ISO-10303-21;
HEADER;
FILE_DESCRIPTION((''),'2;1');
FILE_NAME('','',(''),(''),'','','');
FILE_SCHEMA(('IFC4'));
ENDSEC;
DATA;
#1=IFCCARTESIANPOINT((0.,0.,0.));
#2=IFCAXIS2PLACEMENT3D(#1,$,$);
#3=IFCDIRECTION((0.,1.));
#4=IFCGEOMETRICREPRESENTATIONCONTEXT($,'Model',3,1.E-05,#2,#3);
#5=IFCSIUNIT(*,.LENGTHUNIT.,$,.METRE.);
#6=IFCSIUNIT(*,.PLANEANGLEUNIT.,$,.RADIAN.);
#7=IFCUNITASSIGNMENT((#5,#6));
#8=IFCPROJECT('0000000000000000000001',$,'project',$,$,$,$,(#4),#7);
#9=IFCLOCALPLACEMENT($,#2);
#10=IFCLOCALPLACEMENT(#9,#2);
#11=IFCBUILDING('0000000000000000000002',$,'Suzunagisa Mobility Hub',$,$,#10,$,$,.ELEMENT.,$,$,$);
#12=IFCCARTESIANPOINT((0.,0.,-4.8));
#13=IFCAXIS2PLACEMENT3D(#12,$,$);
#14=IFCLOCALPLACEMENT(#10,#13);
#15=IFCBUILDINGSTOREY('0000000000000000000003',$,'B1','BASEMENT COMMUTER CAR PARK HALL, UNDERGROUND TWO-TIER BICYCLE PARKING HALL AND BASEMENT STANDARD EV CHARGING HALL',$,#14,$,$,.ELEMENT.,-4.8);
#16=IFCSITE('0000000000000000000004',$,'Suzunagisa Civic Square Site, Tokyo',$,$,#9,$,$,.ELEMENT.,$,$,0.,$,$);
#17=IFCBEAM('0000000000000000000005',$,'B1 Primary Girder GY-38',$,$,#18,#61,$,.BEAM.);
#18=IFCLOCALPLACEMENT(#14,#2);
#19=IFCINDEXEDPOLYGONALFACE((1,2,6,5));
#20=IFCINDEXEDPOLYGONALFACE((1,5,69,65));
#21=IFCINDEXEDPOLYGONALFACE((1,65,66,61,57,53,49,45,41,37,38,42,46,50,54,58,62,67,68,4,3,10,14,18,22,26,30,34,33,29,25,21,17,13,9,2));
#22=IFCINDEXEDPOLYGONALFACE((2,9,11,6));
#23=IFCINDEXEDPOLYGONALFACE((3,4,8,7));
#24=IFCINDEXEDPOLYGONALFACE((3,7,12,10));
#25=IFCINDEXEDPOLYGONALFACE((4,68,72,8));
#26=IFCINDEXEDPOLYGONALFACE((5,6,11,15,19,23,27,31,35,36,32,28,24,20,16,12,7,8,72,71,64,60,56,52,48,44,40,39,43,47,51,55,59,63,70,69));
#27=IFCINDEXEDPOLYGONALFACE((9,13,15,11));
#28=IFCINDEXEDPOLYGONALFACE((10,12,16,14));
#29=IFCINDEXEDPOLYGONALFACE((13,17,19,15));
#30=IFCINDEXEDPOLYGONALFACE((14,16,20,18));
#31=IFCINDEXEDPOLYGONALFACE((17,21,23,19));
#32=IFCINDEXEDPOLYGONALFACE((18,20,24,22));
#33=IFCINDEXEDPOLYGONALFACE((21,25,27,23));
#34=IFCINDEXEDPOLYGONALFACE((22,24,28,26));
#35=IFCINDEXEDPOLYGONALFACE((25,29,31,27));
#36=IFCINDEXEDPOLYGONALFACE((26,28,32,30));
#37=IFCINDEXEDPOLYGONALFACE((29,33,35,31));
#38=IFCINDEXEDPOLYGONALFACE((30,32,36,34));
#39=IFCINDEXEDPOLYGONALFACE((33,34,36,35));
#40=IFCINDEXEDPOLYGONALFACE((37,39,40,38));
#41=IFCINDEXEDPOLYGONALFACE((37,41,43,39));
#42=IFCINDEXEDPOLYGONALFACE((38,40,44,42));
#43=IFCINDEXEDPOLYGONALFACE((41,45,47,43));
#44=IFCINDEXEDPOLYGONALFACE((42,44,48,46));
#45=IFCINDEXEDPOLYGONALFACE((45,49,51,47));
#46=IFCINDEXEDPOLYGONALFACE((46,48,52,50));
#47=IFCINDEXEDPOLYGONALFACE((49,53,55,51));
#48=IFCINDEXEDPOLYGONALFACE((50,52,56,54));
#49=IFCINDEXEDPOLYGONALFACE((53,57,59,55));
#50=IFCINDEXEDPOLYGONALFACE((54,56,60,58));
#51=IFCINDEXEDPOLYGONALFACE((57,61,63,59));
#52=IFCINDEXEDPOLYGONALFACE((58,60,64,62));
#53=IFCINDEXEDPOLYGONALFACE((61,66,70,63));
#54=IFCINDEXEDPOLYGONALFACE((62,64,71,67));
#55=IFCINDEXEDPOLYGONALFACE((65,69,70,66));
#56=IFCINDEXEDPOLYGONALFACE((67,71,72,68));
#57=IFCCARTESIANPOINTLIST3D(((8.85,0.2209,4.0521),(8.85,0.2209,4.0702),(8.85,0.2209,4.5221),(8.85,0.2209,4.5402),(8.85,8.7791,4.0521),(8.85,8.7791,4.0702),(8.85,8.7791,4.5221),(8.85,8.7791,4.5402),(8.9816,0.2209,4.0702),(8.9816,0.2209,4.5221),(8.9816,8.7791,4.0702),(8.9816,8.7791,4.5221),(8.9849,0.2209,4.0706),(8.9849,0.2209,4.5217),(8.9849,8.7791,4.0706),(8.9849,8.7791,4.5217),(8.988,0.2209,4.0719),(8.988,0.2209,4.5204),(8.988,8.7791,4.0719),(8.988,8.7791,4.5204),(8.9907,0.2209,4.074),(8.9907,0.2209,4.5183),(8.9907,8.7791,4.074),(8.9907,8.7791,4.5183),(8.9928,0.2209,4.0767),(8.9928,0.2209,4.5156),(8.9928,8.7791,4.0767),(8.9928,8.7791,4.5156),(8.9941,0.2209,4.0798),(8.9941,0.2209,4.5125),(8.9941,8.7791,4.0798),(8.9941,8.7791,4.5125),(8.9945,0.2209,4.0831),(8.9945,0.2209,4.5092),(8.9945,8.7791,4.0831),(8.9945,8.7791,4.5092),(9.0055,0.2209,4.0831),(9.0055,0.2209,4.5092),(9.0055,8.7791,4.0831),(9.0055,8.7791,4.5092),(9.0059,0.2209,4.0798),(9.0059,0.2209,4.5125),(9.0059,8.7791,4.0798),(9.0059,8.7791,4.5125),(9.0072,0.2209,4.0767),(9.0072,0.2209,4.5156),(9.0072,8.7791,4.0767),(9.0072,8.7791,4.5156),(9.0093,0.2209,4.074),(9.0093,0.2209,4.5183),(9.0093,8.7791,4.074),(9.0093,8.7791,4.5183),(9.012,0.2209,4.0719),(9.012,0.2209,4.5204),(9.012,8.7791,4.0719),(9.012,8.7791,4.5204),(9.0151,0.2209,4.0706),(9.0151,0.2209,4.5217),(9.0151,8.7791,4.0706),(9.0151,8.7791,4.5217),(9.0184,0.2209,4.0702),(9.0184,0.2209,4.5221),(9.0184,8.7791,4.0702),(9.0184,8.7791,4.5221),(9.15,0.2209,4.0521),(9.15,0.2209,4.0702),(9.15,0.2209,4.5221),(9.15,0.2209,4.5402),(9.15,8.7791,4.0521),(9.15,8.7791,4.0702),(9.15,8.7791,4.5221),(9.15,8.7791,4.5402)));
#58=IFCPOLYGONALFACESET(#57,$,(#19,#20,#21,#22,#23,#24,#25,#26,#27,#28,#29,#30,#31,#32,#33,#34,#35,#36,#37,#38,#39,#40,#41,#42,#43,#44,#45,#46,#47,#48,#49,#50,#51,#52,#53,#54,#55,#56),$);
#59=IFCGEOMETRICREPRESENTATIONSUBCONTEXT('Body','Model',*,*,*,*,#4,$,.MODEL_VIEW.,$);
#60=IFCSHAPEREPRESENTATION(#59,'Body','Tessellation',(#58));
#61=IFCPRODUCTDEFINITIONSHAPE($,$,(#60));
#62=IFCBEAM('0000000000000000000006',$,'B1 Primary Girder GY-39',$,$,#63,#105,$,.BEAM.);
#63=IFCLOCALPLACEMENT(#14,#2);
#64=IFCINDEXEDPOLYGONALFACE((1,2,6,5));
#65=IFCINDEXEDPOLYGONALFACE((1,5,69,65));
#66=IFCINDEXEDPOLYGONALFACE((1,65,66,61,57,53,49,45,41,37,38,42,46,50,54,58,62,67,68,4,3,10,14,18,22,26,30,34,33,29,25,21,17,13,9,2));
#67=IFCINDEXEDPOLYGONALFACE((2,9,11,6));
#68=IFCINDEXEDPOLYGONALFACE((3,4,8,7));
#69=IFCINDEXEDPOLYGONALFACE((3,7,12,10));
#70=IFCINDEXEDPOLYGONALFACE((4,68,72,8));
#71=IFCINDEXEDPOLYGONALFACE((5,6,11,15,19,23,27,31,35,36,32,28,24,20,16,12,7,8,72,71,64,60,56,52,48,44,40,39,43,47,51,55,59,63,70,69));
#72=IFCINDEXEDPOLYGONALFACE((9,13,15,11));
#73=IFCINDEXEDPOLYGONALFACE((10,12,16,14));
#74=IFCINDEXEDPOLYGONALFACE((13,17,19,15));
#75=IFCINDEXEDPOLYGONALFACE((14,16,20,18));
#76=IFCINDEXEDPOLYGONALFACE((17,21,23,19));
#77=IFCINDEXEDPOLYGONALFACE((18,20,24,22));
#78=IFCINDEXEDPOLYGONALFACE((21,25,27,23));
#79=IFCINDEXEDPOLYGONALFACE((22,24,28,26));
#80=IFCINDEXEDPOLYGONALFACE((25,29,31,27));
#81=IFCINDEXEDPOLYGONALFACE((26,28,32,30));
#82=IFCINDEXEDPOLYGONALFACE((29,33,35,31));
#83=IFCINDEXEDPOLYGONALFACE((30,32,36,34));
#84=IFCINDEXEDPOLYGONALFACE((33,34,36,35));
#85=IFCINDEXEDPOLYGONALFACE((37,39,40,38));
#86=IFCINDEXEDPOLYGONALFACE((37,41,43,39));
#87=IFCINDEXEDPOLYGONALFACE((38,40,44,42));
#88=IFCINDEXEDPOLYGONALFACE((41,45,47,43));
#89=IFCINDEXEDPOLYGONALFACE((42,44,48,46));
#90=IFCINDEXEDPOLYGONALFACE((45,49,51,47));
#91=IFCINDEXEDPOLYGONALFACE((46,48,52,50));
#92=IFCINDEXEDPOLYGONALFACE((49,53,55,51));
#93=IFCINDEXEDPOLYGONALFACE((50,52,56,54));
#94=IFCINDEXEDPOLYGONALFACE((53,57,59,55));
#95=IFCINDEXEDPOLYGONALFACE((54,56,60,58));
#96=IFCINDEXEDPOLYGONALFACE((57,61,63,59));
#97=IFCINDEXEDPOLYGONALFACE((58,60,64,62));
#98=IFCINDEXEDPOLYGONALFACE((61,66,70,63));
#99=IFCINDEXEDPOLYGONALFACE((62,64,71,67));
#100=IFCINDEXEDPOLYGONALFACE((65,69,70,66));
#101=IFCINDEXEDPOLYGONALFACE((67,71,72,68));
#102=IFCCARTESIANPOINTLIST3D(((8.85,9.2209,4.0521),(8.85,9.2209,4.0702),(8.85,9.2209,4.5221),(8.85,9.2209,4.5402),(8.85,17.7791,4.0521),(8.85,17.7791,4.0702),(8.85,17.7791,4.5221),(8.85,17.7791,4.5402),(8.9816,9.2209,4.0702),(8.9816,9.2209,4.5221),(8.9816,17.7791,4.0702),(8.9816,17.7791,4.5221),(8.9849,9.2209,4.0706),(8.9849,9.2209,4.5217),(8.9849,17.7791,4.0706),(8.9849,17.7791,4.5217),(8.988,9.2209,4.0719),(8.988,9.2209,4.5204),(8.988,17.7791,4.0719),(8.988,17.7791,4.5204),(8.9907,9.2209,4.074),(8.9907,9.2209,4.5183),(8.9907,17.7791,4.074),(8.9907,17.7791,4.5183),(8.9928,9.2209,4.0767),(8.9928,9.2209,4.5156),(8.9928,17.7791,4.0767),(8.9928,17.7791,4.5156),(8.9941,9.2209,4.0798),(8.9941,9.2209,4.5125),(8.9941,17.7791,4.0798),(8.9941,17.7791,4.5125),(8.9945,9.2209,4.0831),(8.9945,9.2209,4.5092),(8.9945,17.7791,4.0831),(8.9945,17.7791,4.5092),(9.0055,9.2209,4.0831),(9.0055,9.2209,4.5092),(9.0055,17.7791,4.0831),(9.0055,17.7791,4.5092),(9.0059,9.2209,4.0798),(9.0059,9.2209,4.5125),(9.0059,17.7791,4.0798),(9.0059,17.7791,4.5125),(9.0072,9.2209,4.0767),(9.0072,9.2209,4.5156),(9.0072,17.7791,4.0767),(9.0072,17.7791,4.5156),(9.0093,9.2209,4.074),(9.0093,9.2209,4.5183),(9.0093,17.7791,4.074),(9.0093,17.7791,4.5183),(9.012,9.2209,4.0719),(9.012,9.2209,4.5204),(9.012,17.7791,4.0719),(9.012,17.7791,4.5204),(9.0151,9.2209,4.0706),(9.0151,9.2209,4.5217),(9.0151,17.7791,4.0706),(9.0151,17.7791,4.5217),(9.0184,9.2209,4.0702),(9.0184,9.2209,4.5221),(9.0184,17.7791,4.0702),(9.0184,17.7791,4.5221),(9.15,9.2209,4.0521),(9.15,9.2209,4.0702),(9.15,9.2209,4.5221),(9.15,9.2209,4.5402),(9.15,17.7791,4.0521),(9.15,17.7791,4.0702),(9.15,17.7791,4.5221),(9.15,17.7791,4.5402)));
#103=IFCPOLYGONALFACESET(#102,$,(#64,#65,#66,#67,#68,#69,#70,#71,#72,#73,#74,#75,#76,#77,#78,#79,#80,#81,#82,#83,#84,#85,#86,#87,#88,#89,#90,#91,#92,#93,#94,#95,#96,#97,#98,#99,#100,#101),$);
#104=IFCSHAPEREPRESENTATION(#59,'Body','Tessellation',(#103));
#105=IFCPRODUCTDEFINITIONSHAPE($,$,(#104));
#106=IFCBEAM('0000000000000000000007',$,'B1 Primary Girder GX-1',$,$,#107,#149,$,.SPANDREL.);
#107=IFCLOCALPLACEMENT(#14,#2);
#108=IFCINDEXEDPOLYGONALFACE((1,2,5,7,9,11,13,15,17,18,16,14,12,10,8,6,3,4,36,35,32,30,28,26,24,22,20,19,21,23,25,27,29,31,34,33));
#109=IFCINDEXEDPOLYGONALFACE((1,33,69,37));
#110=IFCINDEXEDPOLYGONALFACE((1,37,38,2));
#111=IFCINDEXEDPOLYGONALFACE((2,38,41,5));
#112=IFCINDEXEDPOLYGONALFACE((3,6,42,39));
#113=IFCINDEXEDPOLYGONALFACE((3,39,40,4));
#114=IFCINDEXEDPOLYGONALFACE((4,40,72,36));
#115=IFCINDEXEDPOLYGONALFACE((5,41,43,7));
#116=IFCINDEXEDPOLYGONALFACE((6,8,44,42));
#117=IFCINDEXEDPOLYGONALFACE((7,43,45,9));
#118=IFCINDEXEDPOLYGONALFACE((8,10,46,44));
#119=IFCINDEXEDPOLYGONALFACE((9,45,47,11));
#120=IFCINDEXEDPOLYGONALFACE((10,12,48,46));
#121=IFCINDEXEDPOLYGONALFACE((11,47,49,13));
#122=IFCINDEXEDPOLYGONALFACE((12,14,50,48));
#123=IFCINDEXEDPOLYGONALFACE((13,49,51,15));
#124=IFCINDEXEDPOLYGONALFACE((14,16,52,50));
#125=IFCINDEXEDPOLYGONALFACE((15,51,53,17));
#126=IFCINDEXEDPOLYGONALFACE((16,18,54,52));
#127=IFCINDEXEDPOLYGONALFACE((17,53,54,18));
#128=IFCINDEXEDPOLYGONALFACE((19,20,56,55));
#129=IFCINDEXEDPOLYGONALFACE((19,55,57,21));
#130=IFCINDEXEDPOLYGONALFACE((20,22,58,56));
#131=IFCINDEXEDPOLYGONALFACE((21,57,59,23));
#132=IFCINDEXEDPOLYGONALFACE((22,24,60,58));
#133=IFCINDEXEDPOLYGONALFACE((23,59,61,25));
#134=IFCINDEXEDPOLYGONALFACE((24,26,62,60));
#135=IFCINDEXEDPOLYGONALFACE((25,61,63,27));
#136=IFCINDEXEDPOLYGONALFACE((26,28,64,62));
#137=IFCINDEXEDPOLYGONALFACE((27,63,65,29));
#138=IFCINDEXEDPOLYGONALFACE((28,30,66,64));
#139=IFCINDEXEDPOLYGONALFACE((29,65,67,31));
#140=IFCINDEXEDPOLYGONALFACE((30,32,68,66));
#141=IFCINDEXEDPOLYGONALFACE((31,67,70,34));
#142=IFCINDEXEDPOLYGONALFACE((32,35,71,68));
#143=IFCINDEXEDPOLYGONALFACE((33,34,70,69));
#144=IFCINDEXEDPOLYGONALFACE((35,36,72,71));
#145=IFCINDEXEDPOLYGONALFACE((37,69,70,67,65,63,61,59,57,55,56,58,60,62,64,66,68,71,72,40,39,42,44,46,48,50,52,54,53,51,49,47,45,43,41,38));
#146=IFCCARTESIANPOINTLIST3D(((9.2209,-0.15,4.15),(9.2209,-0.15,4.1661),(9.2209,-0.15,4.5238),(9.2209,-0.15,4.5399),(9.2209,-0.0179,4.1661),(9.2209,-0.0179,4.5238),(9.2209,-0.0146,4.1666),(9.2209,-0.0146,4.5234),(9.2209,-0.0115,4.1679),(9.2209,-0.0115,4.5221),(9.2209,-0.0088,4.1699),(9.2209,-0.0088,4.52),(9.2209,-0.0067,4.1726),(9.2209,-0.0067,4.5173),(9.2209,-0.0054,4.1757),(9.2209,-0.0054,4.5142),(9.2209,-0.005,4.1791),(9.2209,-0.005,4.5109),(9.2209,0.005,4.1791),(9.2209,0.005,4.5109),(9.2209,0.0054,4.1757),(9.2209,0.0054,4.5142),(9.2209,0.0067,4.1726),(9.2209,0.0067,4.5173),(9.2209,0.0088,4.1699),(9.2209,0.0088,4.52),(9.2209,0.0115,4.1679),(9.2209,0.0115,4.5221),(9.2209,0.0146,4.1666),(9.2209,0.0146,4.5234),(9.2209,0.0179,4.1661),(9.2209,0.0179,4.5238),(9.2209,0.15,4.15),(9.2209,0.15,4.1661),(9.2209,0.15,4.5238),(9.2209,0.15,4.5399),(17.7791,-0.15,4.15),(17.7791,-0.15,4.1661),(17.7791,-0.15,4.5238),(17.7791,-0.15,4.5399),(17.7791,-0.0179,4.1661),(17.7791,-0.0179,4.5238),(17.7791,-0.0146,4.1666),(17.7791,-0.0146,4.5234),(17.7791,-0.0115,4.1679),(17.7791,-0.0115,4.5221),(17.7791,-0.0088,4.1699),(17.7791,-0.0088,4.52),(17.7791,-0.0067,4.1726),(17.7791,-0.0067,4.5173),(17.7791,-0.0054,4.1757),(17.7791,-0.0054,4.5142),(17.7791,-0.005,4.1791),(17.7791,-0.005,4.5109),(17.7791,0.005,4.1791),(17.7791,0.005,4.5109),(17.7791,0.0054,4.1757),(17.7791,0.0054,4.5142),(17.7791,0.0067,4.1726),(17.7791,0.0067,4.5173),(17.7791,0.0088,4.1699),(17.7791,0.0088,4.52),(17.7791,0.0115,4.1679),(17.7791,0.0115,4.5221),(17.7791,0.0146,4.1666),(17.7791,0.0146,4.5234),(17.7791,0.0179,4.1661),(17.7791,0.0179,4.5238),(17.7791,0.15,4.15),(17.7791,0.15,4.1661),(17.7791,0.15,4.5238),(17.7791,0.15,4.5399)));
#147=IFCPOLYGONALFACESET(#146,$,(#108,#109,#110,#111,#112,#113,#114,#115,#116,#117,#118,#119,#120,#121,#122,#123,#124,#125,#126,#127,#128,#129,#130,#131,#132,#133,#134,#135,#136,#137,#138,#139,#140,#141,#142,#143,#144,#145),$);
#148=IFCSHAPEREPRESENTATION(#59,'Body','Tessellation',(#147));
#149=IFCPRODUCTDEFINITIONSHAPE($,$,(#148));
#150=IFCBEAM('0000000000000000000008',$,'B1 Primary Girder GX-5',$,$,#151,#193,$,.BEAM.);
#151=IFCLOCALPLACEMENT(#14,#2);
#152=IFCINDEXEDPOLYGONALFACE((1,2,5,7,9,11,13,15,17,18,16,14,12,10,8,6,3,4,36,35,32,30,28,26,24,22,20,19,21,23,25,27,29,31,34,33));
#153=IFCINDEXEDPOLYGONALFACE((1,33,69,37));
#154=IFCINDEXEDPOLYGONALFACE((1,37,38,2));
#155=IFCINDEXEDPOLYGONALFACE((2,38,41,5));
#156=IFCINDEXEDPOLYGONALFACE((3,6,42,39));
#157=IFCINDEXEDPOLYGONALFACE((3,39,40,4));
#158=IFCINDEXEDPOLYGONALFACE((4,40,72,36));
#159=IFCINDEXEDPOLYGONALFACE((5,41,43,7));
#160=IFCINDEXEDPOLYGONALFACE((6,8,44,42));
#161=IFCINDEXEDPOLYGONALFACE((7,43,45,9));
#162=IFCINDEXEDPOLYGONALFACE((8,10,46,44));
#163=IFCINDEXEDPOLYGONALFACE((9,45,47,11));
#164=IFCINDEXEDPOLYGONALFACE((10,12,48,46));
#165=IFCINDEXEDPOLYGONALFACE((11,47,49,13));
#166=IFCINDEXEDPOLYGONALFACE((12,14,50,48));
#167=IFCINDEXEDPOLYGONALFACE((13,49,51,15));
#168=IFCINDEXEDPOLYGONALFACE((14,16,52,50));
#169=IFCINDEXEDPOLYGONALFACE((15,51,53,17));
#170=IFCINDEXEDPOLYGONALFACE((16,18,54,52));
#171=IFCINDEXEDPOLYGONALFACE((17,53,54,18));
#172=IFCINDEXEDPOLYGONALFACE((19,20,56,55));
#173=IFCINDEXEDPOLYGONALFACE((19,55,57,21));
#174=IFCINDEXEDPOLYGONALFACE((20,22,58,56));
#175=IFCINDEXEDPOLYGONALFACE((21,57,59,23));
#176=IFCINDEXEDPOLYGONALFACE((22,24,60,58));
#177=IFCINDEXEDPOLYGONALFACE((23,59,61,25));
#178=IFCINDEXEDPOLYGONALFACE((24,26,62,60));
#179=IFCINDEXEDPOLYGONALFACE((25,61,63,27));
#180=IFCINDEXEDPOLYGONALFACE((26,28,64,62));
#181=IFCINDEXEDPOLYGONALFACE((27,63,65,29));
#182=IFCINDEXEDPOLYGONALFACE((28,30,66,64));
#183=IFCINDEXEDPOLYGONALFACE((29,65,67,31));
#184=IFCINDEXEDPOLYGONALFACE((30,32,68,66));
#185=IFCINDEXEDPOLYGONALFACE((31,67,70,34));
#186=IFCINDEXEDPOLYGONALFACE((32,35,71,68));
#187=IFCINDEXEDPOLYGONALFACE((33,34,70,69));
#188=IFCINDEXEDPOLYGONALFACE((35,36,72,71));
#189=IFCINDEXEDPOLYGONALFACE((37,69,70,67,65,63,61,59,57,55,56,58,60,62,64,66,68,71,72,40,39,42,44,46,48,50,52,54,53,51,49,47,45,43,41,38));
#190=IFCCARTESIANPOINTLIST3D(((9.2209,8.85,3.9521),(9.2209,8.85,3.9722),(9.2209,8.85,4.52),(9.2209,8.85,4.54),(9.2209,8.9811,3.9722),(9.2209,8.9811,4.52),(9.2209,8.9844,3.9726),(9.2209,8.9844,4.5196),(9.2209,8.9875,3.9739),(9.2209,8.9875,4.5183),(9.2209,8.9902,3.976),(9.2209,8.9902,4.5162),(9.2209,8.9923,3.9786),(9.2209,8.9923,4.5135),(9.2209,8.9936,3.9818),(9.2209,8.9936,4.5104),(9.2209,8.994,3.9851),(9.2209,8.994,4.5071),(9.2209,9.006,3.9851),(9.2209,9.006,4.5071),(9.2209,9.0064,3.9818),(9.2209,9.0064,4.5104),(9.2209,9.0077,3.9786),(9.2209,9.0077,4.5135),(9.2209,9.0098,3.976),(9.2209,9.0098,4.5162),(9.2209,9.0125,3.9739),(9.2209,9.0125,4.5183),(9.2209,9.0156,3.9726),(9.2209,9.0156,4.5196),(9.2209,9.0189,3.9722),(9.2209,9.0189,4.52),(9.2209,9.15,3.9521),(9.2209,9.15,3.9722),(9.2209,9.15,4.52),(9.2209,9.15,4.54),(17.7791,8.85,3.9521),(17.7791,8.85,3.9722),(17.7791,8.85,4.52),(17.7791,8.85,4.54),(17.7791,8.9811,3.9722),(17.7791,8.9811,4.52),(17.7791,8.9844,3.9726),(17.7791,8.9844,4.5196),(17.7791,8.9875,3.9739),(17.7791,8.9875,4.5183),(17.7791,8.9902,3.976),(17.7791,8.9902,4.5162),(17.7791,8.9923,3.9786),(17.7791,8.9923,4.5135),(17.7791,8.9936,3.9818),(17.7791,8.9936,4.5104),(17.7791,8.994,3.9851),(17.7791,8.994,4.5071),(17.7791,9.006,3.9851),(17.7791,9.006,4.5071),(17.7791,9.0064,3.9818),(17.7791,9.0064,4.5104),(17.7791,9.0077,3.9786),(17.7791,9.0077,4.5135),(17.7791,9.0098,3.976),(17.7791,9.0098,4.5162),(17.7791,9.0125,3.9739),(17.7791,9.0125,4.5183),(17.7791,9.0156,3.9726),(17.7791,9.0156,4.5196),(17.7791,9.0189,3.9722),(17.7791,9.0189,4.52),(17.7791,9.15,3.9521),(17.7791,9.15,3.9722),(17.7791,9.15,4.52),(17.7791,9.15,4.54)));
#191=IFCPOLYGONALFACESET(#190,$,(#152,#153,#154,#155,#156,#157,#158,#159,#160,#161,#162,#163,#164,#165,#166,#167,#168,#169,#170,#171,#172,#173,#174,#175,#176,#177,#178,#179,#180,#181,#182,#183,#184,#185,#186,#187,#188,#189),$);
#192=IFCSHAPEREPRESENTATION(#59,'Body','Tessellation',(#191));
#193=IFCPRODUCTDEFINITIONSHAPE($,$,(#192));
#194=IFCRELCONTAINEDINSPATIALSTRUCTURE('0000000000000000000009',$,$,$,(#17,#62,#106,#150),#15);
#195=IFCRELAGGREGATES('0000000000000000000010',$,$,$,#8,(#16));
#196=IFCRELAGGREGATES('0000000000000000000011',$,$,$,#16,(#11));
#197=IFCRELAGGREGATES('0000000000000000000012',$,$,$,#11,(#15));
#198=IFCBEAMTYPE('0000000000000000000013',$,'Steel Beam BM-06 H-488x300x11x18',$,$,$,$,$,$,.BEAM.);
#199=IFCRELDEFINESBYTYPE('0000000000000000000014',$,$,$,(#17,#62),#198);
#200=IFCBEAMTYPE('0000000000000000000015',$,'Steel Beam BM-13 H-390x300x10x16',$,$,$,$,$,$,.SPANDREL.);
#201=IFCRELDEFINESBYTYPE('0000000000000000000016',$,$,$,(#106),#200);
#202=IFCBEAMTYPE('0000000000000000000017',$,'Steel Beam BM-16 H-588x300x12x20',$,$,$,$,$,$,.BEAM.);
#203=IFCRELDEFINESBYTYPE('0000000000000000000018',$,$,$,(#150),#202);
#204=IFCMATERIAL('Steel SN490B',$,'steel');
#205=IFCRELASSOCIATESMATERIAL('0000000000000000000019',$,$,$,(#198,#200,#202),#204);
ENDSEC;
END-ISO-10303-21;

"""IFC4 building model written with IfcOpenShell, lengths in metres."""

from ifc_helpers import new_model, si_unit, direction, frame, origin, origin_2d, place, context, subcontext, project, spatial, i_section, extrude, material, material_profile, profile_set, type_object, element, save


model = new_model("IFC4")

# Units and contexts
model_context = context("Model", 3, precision=1e-05, world=origin(), true_north=direction((0.0, 1.0)))
body_context = subcontext(model_context, "Body", "Model", "MODEL_VIEW")
ifc_project = project(units=[si_unit("LENGTHUNIT", "METRE"), si_unit("PLANEANGLEUNIT", "RADIAN")], contexts=[model_context])

# Site, building, storey
site_placement = place(None, origin())
site = spatial("IfcSite", under=ifc_project, at=site_placement, Name="Suzunagisa Civic Square Site, Tokyo", CompositionType="ELEMENT", RefElevation=0.0)
building_placement = place(site_placement, origin())
building = spatial("IfcBuilding", under=site, at=building_placement, Name="Suzunagisa Mobility Hub", CompositionType="ELEMENT")
storey_placement = place(building_placement, frame((0.0, 0.0, -4.8)))
storey = spatial("IfcBuildingStorey", under=building, at=storey_placement, Name="B1", Description="BASEMENT COMMUTER CAR PARK HALL, UNDERGROUND TWO-TIER BICYCLE PARKING HALL AND BASEMENT STANDARD EV CHARGING HALL", CompositionType="ELEMENT", Elevation=-4.8)

# Shared definitions
ifc_material_1 = material(Name="Steel SN490B", Category="steel")

# Beams
ifc_material_profile_1 = material_profile(ifc_material_1, i_section(OverallWidth=0.3, OverallDepth=0.488, WebThickness=0.011, FlangeThickness=0.0181, FilletRadius=0.0129, at=origin_2d()), Name="H-488x300x11x18")
ifc_profile_set_1 = profile_set([ifc_material_profile_1], Name="Steel SN490B")
beam_type_1 = type_object("IfcBeamType", Name="Steel Beam BM-06 H-488x300x11x18", PredefinedType="BEAM", material=ifc_profile_set_1)
for number, where, z_axis, x_axis, name in (
    (1, (9.0, 0.2209, 4.2961), (0.0, 1.0, 0.0), (-1.0, 0.0, 0.0), "B1 Primary Girder GY-38"),
    (2, (9.0, 9.2209, 4.2961), (0.0, 1.0, 0.0), (-1.0, 0.0, 0.0), "B1 Primary Girder GY-39"),
):
    element("IfcBeam", number, at=place(storey_placement, frame(where, z_axis=z_axis, x_axis=x_axis)), inside=storey, type_object=beam_type_1, Name=name, PredefinedType="BEAM", context=body_context, shape_type="SweptSolid", body=[
        extrude(i_section(OverallWidth=0.3, OverallDepth=0.488, WebThickness=0.011, FlangeThickness=0.0181, FilletRadius=0.0129, at=origin_2d()), origin(), (0.0, 0.0, 1.0), 8.5581),
    ])
ifc_material_profile_2 = material_profile(ifc_material_1, i_section(OverallWidth=0.3, OverallDepth=0.3899, WebThickness=0.01, FlangeThickness=0.0161, FilletRadius=0.0129, at=origin_2d()), Name="H-390x300x10x16")
ifc_profile_set_2 = profile_set([ifc_material_profile_2], Name="Steel SN490B")
beam_type_2 = type_object("IfcBeamType", Name="Steel Beam BM-13 H-390x300x10x16", PredefinedType="SPANDREL", material=ifc_profile_set_2)
beam_1_placement = place(storey_placement, frame((9.2209, 0.0, 4.345), z_axis=(1.0, 0.0, 0.0), x_axis=(0.0, 1.0, 0.0)))
element("IfcBeam", 3, at=beam_1_placement, inside=storey, type_object=beam_type_2, Name="B1 Primary Girder GX-1", PredefinedType="SPANDREL", context=body_context, shape_type="SweptSolid", body=[
    extrude(i_section(OverallWidth=0.3, OverallDepth=0.3899, WebThickness=0.01, FlangeThickness=0.0161, FilletRadius=0.0129, at=origin_2d()), origin(), (0.0, 0.0, 1.0), 8.5581),
])
ifc_material_profile_3 = material_profile(ifc_material_1, i_section(OverallWidth=0.3, OverallDepth=0.5879, WebThickness=0.012, FlangeThickness=0.02, FilletRadius=0.0129, at=origin_2d()), Name="H-588x300x12x20")
ifc_profile_set_3 = profile_set([ifc_material_profile_3], Name="Steel SN490B")
beam_type_3 = type_object("IfcBeamType", Name="Steel Beam BM-16 H-588x300x12x20", PredefinedType="BEAM", material=ifc_profile_set_3)
beam_2_placement = place(storey_placement, frame((9.2209, 9.0, 4.2461), z_axis=(1.0, 0.0, 0.0), x_axis=(0.0, 1.0, 0.0)))
element("IfcBeam", 4, at=beam_2_placement, inside=storey, type_object=beam_type_3, Name="B1 Primary Girder GX-5", PredefinedType="BEAM", context=body_context, shape_type="SweptSolid", body=[
    extrude(i_section(OverallWidth=0.3, OverallDepth=0.5879, WebThickness=0.012, FlangeThickness=0.02, FilletRadius=0.0129, at=origin_2d()), origin(), (0.0, 0.0, 1.0), 8.5581),
])

save(model, "model.ifc")
